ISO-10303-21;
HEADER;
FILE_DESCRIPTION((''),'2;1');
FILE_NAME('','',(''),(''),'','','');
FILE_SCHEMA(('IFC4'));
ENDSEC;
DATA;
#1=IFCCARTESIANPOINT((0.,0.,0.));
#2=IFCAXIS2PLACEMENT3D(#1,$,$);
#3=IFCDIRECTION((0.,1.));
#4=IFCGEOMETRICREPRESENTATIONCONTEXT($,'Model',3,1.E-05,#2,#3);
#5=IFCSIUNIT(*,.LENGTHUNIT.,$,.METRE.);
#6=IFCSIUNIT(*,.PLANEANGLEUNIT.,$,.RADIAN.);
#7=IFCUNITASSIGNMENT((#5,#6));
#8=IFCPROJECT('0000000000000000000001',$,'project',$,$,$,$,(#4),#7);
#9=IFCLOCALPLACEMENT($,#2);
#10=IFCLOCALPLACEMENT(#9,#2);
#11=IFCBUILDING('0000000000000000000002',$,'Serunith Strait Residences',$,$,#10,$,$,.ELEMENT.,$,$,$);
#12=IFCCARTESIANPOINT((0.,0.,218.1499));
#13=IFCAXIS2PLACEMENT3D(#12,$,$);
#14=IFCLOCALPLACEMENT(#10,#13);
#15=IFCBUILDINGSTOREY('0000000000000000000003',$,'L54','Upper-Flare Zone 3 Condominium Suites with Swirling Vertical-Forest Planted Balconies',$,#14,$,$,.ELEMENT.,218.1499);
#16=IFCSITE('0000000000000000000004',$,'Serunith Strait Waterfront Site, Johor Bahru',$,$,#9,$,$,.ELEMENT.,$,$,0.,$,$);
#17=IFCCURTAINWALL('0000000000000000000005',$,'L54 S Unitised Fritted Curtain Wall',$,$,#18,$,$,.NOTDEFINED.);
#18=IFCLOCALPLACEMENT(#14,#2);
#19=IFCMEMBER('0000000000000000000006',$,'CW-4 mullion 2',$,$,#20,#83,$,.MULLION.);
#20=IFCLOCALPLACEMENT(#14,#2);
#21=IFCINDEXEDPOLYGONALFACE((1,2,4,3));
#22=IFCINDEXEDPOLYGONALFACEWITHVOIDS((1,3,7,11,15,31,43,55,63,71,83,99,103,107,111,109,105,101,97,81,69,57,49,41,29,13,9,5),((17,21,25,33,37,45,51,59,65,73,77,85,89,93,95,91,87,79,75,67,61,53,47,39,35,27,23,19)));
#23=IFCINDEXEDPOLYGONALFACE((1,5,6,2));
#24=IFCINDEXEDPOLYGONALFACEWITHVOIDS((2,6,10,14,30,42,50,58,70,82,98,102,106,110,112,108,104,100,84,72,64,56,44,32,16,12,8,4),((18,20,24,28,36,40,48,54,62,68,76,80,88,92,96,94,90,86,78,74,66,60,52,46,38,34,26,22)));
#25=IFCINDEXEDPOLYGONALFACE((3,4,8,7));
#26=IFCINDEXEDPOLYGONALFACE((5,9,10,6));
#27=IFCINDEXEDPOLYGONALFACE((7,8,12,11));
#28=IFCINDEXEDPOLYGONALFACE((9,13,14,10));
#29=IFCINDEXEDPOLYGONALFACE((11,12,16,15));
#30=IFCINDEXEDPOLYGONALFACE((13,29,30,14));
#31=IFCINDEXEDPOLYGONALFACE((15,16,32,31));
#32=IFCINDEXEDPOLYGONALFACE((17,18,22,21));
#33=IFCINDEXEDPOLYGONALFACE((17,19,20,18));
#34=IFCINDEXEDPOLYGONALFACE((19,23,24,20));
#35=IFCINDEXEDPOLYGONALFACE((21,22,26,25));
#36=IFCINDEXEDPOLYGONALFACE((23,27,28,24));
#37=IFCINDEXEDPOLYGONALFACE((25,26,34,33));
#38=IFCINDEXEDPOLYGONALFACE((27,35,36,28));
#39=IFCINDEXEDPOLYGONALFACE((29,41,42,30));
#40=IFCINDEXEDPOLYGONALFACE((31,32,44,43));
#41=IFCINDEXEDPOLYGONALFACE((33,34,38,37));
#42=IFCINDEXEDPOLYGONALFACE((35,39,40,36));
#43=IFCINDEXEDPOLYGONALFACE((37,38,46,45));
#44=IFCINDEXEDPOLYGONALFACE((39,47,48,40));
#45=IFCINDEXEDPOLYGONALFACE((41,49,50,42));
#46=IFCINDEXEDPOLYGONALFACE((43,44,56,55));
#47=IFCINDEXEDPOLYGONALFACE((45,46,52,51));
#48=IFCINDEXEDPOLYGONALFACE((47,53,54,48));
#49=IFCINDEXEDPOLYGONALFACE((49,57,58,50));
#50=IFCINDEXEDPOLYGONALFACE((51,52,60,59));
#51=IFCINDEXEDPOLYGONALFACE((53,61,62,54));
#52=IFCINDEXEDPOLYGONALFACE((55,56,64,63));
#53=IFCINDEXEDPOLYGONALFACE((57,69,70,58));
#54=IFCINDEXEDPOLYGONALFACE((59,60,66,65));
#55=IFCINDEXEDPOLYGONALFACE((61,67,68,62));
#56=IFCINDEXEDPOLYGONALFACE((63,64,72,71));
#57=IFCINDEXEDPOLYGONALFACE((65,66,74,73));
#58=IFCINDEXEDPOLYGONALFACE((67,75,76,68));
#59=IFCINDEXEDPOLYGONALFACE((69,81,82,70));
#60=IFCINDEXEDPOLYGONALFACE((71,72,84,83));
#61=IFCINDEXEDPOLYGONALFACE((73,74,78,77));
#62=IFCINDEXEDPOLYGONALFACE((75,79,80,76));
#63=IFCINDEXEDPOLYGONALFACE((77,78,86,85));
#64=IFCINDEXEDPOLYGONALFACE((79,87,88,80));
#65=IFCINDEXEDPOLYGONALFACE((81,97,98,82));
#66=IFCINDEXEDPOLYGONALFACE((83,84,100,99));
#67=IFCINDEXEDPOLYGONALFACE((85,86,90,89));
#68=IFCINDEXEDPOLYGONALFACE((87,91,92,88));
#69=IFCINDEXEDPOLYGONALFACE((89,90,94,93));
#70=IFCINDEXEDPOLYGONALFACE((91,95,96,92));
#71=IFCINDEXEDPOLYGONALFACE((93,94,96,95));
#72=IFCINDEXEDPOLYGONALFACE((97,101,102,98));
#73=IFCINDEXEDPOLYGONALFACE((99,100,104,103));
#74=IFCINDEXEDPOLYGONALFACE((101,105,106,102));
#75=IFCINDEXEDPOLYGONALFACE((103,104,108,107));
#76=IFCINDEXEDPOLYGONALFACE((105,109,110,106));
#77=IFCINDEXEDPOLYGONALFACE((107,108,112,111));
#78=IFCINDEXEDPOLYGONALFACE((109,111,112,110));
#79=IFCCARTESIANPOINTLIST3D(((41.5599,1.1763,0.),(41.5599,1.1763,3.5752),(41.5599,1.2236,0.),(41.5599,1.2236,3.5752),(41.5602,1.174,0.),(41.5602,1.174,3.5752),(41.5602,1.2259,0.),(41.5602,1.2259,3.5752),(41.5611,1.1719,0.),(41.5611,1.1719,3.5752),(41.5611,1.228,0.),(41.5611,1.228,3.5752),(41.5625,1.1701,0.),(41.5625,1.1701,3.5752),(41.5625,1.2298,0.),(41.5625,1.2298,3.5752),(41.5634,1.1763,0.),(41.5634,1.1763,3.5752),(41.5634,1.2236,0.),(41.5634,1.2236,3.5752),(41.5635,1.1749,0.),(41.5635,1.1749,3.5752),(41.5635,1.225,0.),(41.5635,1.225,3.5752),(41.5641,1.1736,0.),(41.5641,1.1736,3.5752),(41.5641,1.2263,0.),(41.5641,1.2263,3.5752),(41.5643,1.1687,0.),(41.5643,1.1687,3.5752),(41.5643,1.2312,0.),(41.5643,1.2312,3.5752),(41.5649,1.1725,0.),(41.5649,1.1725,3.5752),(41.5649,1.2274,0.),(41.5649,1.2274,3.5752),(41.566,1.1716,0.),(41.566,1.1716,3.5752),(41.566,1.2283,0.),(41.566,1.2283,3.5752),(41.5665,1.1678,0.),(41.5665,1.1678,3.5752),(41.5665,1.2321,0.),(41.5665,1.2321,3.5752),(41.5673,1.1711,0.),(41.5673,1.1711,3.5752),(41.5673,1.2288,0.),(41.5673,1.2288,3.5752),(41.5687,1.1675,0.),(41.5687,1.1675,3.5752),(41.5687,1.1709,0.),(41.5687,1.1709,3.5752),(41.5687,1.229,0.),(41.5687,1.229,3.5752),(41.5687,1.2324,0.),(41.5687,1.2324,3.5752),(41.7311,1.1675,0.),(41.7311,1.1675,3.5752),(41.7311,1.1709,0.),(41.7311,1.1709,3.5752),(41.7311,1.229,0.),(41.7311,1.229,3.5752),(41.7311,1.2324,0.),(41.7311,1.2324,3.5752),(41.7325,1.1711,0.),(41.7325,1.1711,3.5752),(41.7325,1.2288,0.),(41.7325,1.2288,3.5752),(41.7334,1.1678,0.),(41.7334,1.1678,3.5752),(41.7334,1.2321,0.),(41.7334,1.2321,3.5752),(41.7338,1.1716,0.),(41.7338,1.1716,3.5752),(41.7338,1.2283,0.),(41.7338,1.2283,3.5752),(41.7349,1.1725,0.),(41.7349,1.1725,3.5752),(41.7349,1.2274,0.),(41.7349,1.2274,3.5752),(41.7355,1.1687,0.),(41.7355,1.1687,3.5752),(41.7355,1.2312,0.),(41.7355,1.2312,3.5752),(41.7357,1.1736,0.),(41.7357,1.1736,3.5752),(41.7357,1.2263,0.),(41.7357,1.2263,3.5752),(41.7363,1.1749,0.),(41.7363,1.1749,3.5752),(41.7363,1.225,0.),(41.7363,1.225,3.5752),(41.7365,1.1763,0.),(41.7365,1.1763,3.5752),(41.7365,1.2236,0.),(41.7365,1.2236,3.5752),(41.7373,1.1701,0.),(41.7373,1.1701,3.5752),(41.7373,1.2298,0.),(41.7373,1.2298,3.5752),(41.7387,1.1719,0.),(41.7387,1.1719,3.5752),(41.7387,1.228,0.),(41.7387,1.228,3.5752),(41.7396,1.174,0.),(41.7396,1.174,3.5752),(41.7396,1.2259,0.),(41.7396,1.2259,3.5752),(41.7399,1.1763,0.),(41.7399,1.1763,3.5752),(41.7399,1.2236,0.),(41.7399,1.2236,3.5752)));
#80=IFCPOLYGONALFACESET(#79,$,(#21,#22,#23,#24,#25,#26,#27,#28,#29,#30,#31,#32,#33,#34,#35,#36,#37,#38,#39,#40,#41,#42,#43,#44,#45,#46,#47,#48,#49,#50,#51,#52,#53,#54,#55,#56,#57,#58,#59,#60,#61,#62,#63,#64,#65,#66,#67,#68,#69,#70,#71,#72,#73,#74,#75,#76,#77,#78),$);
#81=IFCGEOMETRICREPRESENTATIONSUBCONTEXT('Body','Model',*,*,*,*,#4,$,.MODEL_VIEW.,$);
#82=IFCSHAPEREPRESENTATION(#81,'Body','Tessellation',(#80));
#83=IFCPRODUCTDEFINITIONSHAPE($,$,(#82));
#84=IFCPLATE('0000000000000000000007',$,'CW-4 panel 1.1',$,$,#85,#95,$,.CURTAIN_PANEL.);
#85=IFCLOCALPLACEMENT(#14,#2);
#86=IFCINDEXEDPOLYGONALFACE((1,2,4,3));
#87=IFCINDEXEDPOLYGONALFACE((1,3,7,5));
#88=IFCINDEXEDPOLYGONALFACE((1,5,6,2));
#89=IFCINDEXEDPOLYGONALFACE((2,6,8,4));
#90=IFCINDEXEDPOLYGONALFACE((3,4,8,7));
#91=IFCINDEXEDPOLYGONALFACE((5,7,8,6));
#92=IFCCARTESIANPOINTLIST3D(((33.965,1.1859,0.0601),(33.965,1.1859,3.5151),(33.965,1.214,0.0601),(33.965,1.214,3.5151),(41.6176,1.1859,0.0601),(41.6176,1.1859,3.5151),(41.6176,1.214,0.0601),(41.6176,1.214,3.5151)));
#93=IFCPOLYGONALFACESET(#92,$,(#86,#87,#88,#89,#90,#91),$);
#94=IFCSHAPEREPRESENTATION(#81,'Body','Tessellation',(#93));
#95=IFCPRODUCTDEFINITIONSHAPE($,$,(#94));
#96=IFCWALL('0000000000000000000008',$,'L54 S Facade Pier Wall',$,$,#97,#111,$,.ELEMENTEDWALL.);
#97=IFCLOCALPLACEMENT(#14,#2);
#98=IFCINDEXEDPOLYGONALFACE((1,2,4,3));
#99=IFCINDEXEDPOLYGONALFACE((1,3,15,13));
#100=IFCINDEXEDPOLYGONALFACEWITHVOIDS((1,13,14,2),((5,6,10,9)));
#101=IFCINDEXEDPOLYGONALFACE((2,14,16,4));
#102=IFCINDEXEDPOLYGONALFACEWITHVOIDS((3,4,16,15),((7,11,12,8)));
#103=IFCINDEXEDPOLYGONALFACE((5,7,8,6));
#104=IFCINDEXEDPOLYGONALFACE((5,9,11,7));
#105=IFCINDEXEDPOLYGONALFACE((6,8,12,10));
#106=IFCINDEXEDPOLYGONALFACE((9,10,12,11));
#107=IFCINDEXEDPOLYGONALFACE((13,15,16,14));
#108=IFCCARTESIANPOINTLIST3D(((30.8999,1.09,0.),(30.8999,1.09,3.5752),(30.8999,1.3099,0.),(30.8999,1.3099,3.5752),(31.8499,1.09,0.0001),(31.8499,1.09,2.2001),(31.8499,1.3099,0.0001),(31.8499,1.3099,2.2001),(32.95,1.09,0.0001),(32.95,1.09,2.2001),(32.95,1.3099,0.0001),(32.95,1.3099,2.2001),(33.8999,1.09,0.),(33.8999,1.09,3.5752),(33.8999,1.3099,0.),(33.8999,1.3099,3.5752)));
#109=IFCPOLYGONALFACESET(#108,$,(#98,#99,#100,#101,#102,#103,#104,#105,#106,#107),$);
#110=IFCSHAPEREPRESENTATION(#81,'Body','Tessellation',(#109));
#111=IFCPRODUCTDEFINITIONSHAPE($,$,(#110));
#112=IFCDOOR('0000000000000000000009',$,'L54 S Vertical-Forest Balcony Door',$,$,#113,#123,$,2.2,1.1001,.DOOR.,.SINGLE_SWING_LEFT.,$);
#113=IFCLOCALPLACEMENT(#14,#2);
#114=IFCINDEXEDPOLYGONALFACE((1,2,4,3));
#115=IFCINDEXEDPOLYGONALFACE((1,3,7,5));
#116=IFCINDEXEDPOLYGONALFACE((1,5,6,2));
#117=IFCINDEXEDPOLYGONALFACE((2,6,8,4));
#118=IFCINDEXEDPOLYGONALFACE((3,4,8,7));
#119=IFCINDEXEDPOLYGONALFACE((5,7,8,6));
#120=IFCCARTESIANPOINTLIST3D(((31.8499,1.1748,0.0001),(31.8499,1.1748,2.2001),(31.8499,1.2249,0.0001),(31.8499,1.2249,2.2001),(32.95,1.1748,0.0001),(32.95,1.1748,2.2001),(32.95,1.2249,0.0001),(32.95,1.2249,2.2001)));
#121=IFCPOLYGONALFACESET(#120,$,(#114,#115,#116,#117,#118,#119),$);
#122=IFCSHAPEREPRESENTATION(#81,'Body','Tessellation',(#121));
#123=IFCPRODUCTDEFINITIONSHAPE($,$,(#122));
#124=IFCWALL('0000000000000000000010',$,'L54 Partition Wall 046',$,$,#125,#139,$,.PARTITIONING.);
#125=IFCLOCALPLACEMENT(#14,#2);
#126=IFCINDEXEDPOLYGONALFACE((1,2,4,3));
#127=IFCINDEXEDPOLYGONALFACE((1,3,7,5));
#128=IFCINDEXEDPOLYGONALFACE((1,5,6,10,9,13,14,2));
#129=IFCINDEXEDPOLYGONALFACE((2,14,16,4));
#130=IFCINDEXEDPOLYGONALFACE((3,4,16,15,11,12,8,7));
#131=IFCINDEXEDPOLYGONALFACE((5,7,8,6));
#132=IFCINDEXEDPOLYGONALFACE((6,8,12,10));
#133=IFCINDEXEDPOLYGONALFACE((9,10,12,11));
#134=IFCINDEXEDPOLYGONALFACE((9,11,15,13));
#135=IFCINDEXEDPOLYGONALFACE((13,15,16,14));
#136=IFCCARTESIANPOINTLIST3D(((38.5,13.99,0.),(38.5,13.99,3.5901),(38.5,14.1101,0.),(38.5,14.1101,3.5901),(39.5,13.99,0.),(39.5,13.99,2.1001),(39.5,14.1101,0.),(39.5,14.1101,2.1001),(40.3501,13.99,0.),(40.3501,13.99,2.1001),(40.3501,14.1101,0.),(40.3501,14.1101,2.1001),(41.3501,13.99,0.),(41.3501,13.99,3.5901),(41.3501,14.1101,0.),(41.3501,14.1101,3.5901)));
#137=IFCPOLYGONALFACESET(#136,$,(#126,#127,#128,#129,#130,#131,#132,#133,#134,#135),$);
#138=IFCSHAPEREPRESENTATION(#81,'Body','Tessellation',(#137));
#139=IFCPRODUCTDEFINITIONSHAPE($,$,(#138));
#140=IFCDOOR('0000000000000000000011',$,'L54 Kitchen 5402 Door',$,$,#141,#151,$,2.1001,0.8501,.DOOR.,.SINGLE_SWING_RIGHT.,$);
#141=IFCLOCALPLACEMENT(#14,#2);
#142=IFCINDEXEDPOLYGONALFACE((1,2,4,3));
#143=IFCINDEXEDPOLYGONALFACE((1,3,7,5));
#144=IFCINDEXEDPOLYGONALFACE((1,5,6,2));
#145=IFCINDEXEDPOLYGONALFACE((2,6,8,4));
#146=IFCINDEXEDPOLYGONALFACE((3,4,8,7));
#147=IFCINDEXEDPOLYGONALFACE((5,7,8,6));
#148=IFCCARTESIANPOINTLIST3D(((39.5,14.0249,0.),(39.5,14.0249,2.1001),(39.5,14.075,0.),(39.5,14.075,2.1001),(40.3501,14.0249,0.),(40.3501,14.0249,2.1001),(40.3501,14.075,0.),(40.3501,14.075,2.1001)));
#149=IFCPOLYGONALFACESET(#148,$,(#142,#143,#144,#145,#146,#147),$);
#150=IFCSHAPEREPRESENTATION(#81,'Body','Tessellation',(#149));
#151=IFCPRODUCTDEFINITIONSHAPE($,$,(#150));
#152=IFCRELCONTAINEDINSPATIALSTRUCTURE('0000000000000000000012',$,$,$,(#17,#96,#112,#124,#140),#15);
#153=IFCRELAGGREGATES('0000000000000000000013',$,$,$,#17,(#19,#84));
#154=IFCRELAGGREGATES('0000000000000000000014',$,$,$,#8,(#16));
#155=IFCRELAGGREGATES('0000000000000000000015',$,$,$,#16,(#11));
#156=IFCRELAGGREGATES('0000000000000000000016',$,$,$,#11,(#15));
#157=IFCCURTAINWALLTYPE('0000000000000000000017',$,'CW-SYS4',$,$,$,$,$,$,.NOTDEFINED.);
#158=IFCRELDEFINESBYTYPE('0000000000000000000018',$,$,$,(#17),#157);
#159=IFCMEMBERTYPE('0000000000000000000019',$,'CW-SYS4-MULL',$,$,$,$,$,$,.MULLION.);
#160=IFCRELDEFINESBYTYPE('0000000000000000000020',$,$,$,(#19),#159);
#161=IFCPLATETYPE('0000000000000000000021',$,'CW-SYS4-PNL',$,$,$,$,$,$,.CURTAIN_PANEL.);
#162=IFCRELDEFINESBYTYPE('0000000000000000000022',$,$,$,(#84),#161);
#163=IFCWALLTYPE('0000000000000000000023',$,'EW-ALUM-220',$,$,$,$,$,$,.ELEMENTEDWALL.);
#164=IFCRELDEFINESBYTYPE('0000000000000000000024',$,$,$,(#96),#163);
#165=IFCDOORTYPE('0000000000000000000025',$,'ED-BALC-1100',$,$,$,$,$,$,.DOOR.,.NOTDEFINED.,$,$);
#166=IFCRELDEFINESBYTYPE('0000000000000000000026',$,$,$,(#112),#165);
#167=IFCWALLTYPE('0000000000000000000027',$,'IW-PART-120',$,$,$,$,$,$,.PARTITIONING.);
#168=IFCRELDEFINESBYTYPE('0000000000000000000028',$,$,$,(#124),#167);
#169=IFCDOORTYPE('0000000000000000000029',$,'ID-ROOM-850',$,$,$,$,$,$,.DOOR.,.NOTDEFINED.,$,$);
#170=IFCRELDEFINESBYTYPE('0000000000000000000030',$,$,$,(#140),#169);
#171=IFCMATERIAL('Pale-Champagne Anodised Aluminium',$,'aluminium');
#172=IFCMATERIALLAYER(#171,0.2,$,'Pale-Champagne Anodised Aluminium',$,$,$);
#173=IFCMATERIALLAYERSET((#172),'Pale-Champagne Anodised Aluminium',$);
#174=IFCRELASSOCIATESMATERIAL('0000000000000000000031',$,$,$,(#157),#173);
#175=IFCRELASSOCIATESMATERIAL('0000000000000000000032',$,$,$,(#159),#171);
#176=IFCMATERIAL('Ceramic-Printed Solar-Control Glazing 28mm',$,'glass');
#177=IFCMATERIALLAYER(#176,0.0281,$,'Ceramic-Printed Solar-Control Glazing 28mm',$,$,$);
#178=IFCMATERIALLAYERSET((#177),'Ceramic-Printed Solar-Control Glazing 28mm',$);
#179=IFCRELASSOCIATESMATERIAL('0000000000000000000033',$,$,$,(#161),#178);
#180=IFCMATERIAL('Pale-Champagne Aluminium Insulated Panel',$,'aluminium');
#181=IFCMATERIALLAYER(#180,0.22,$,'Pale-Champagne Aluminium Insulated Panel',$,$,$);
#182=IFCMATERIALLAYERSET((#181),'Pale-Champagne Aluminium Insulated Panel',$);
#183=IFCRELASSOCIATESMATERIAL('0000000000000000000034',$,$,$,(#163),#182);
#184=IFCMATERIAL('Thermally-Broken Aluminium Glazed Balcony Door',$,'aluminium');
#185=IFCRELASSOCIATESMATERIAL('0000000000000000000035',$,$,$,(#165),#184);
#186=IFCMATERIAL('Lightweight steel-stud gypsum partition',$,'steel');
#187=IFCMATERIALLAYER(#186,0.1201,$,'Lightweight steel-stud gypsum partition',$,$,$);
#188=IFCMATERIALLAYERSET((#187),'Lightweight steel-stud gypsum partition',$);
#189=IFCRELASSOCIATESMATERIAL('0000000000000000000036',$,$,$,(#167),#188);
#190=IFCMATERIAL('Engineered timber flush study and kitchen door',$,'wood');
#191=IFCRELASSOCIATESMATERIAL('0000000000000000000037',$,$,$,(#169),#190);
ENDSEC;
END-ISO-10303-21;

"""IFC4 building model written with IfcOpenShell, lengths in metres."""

from ifc_helpers import new_model, si_unit, direction, frame, frame_2d, origin, origin_2d, place, context, subcontext, project, spatial, rectangle, hollow_rectangle, extrude, source, transform, mapped, material, layer, layer_set, material_profile, profile_set, type_object, element, fill, aggregate, save


model = new_model("IFC4")

# Units and contexts
model_context = context("Model", 3, precision=1e-05, world=origin(), true_north=direction((0.0, 1.0)))
body_context = subcontext(model_context, "Body", "Model", "MODEL_VIEW")
ifc_project = project(units=[si_unit("LENGTHUNIT", "METRE"), si_unit("PLANEANGLEUNIT", "RADIAN")], contexts=[model_context])

# Site, building, storey
site_placement = place(None, origin())
site = spatial("IfcSite", under=ifc_project, at=site_placement, Name="Serunith Strait Waterfront Site, Johor Bahru", CompositionType="ELEMENT", RefElevation=0.0)
building_placement = place(site_placement, origin())
building = spatial("IfcBuilding", under=site, at=building_placement, Name="Serunith Strait Residences", CompositionType="ELEMENT")
storey_placement = place(building_placement, frame((0.0, 0.0, 218.1499)))
storey = spatial("IfcBuildingStorey", under=building, at=storey_placement, Name="L54", Description="Upper-Flare Zone 3 Condominium Suites with Swirling Vertical-Forest Planted Balconies", CompositionType="ELEMENT", Elevation=218.1499)

# Curtain wall
ifc_material_1 = material(Name="Pale-Champagne Anodised Aluminium", Category="aluminium")
ifc_layer_1 = layer(ifc_material_1, 0.2, Name="Pale-Champagne Anodised Aluminium")
ifc_layer_set_1 = layer_set([ifc_layer_1], Name="Pale-Champagne Anodised Aluminium")
curtain_wall_type = type_object("IfcCurtainWallType", Name="CW-SYS4", PredefinedType="NOTDEFINED", material=ifc_layer_set_1)
curtain_wall_1_placement = place(storey_placement, origin())
curtain_wall_1 = element("IfcCurtainWall", 1, at=curtain_wall_1_placement, inside=storey, type_object=curtain_wall_type, Name="L54 S Unitised Fritted Curtain Wall", PredefinedType="NOTDEFINED")

# Shared definitions
ifc_material_profile_1 = material_profile(ifc_material_1, hollow_rectangle(XDim=0.0649, YDim=0.1799, WallThickness=0.0034, InnerFilletRadius=0.0054, OuterFilletRadius=0.0088, at=origin_2d()), Name="ALU 180x65x3.5")
ifc_profile_set_1 = profile_set([ifc_material_profile_1], Name="Pale-Champagne Anodised Aluminium")
member_type_1 = type_object("IfcMemberType", Name="CW-SYS4-MULL", PredefinedType="MULLION", material=ifc_profile_set_1)
shared_shape_1 = source(origin(), body_context, "Body", "SweptSolid", [
    extrude(hollow_rectangle(XDim=0.0649, YDim=0.1799, WallThickness=0.0034, InnerFilletRadius=0.0054, OuterFilletRadius=0.0088, at=origin_2d()), origin(), (0.0, 0.0, 1.0), 3.5752),
])

# Member
member_1_placement = place(storey_placement, frame((41.6499, 1.2, 0.0), z_axis=(0.0, 0.0, 1.0), x_axis=(0.0, 1.0, 0.0)))
member_1 = element("IfcMember", 2, at=member_1_placement, type_object=member_type_1, Name="CW-4 mullion 2", PredefinedType="MULLION", context=body_context, shape_type="MappedRepresentation", body=[
    mapped(shared_shape_1, transform((0.0, 0.0, 0.0), scale=1.0)),
])

# Plate
ifc_material_2 = material(Name="Ceramic-Printed Solar-Control Glazing 28mm", Category="glass")
ifc_layer_2 = layer(ifc_material_2, 0.0281, Name="Ceramic-Printed Solar-Control Glazing 28mm")
ifc_layer_set_2 = layer_set([ifc_layer_2], Name="Ceramic-Printed Solar-Control Glazing 28mm")
plate_type = type_object("IfcPlateType", Name="CW-SYS4-PNL", PredefinedType="CURTAIN_PANEL", material=ifc_layer_set_2)
shared_shape_2 = source(origin(), body_context, "Body", "SweptSolid", [
    extrude(rectangle(XDim=7.6526, YDim=0.0281, at=origin_2d()), origin(), (0.0, 0.0, 1.0), 3.4551),
])
plate_placement = place(storey_placement, frame((37.7913, 1.2, 0.0601), z_axis=(0.0, 0.0, 1.0), x_axis=(1.0, 0.0, 0.0)))
plate = element("IfcPlate", 3, at=plate_placement, type_object=plate_type, Name="CW-4 panel 1.1", PredefinedType="CURTAIN_PANEL", context=body_context, shape_type="MappedRepresentation", body=[
    mapped(shared_shape_2, transform((0.0, 0.0, 0.0), scale=1.0)),
])
aggregate(curtain_wall_1, [member_1, plate])

# Walls, openings, doors
ifc_material_3 = material(Name="Pale-Champagne Aluminium Insulated Panel", Category="aluminium")
ifc_layer_3 = layer(ifc_material_3, 0.22, Name="Pale-Champagne Aluminium Insulated Panel")
ifc_layer_set_3 = layer_set([ifc_layer_3], Name="Pale-Champagne Aluminium Insulated Panel")
wall_type_1 = type_object("IfcWallType", Name="EW-ALUM-220", PredefinedType="ELEMENTEDWALL", material=ifc_layer_set_3)
wall_1_placement = place(storey_placement, frame((30.8999, 1.2, 0.0), z_axis=(0.0, 0.0, 1.0), x_axis=(1.0, 0.0, 0.0)))
wall_1 = element("IfcWall", 4, at=wall_1_placement, inside=storey, type_object=wall_type_1, Name="L54 S Facade Pier Wall", PredefinedType="ELEMENTEDWALL", context=body_context, shape_type="SweptSolid", body=[
    extrude(rectangle(XDim=3.0, YDim=0.22, at=frame_2d((1.5, 0.0))), origin(), (0.0, 0.0, 1.0), 3.5752),
])
opening_1_placement = place(wall_1_placement, frame((0.95, 0.0, 0.0)))
opening_1 = element("IfcOpeningElement", 5, at=opening_1_placement, cuts=wall_1, PredefinedType="OPENING", context=body_context, shape_type="SweptSolid", body=[
    extrude(rectangle(XDim=1.1001, YDim=2.2, at=frame_2d((0.55, 1.1001))), frame((0.0, 0.1201, 0.0), z_axis=(0.0, -1.0, 0.0), x_axis=(1.0, 0.0, 0.0)), (0.0, 0.0, 1.0), 0.24),
])
ifc_material_4 = material(Name="Thermally-Broken Aluminium Glazed Balcony Door", Category="aluminium")
door_type_1 = type_object("IfcDoorType", Name="ED-BALC-1100", OperationType="NOTDEFINED", PredefinedType="DOOR", material=ifc_material_4)
shared_shape_3 = source(origin(), body_context, "Body", "SweptSolid", [
    extrude(rectangle(XDim=1.1001, YDim=2.2, at=frame_2d((0.55, 1.1001))), frame((0.0, 0.0249, 0.0), z_axis=(0.0, -1.0, 0.0), x_axis=(1.0, 0.0, 0.0)), (0.0, 0.0, 1.0), 0.05),
])
door_1_placement = place(opening_1_placement, origin())
door_1 = element("IfcDoor", 6, at=door_1_placement, inside=storey, type_object=door_type_1, Name="L54 S Vertical-Forest Balcony Door", OperationType="SINGLE_SWING_LEFT", OverallHeight=2.2, OverallWidth=1.1001, PredefinedType="DOOR", context=body_context, shape_type="MappedRepresentation", body=[
    mapped(shared_shape_3, transform((0.0, 0.0, 0.0), scale=1.0)),
])
fill(opening_1, door_1)
ifc_material_5 = material(Name="Lightweight steel-stud gypsum partition", Category="steel")
ifc_layer_4 = layer(ifc_material_5, 0.1201, Name="Lightweight steel-stud gypsum partition")
ifc_layer_set_4 = layer_set([ifc_layer_4], Name="Lightweight steel-stud gypsum partition")
wall_type_2 = type_object("IfcWallType", Name="IW-PART-120", PredefinedType="PARTITIONING", material=ifc_layer_set_4)
wall_2_placement = place(storey_placement, frame((38.5, 14.05, 0.0), z_axis=(0.0, 0.0, 1.0), x_axis=(1.0, 0.0, 0.0)))
wall_2 = element("IfcWall", 7, at=wall_2_placement, inside=storey, type_object=wall_type_2, Name="L54 Partition Wall 046", PredefinedType="PARTITIONING", context=body_context, shape_type="SweptSolid", body=[
    extrude(rectangle(XDim=2.8501, YDim=0.1201, at=frame_2d((1.425, 0.0))), origin(), (0.0, 0.0, 1.0), 3.5901),
])
opening_2_placement = place(wall_2_placement, frame((1.0, 0.0, 0.0)))
opening_2 = element("IfcOpeningElement", 8, at=opening_2_placement, cuts=wall_2, PredefinedType="OPENING", context=body_context, shape_type="SweptSolid", body=[
    extrude(rectangle(XDim=0.8501, YDim=2.1001, at=frame_2d((0.425, 1.05))), frame((0.0, 0.0701, 0.0), z_axis=(0.0, -1.0, 0.0), x_axis=(1.0, 0.0, 0.0)), (0.0, 0.0, 1.0), 0.1401),
])
ifc_material_6 = material(Name="Engineered timber flush study and kitchen door", Category="wood")
door_type_2 = type_object("IfcDoorType", Name="ID-ROOM-850", OperationType="NOTDEFINED", PredefinedType="DOOR", material=ifc_material_6)
shared_shape_4 = source(origin(), body_context, "Body", "SweptSolid", [
    extrude(rectangle(XDim=0.8501, YDim=2.1001, at=frame_2d((0.425, 1.05))), frame((0.0, 0.0249, 0.0), z_axis=(0.0, -1.0, 0.0), x_axis=(1.0, 0.0, 0.0)), (0.0, 0.0, 1.0), 0.05),
])
door_2_placement = place(opening_2_placement, origin())
door_2 = element("IfcDoor", 9, at=door_2_placement, inside=storey, type_object=door_type_2, Name="L54 Kitchen 5402 Door", OperationType="SINGLE_SWING_RIGHT", OverallHeight=2.1001, OverallWidth=0.8501, PredefinedType="DOOR", context=body_context, shape_type="MappedRepresentation", body=[
    mapped(shared_shape_4, transform((0.0, 0.0, 0.0), scale=1.0)),
])
fill(opening_2, door_2)

save(model, "model.ifc")
